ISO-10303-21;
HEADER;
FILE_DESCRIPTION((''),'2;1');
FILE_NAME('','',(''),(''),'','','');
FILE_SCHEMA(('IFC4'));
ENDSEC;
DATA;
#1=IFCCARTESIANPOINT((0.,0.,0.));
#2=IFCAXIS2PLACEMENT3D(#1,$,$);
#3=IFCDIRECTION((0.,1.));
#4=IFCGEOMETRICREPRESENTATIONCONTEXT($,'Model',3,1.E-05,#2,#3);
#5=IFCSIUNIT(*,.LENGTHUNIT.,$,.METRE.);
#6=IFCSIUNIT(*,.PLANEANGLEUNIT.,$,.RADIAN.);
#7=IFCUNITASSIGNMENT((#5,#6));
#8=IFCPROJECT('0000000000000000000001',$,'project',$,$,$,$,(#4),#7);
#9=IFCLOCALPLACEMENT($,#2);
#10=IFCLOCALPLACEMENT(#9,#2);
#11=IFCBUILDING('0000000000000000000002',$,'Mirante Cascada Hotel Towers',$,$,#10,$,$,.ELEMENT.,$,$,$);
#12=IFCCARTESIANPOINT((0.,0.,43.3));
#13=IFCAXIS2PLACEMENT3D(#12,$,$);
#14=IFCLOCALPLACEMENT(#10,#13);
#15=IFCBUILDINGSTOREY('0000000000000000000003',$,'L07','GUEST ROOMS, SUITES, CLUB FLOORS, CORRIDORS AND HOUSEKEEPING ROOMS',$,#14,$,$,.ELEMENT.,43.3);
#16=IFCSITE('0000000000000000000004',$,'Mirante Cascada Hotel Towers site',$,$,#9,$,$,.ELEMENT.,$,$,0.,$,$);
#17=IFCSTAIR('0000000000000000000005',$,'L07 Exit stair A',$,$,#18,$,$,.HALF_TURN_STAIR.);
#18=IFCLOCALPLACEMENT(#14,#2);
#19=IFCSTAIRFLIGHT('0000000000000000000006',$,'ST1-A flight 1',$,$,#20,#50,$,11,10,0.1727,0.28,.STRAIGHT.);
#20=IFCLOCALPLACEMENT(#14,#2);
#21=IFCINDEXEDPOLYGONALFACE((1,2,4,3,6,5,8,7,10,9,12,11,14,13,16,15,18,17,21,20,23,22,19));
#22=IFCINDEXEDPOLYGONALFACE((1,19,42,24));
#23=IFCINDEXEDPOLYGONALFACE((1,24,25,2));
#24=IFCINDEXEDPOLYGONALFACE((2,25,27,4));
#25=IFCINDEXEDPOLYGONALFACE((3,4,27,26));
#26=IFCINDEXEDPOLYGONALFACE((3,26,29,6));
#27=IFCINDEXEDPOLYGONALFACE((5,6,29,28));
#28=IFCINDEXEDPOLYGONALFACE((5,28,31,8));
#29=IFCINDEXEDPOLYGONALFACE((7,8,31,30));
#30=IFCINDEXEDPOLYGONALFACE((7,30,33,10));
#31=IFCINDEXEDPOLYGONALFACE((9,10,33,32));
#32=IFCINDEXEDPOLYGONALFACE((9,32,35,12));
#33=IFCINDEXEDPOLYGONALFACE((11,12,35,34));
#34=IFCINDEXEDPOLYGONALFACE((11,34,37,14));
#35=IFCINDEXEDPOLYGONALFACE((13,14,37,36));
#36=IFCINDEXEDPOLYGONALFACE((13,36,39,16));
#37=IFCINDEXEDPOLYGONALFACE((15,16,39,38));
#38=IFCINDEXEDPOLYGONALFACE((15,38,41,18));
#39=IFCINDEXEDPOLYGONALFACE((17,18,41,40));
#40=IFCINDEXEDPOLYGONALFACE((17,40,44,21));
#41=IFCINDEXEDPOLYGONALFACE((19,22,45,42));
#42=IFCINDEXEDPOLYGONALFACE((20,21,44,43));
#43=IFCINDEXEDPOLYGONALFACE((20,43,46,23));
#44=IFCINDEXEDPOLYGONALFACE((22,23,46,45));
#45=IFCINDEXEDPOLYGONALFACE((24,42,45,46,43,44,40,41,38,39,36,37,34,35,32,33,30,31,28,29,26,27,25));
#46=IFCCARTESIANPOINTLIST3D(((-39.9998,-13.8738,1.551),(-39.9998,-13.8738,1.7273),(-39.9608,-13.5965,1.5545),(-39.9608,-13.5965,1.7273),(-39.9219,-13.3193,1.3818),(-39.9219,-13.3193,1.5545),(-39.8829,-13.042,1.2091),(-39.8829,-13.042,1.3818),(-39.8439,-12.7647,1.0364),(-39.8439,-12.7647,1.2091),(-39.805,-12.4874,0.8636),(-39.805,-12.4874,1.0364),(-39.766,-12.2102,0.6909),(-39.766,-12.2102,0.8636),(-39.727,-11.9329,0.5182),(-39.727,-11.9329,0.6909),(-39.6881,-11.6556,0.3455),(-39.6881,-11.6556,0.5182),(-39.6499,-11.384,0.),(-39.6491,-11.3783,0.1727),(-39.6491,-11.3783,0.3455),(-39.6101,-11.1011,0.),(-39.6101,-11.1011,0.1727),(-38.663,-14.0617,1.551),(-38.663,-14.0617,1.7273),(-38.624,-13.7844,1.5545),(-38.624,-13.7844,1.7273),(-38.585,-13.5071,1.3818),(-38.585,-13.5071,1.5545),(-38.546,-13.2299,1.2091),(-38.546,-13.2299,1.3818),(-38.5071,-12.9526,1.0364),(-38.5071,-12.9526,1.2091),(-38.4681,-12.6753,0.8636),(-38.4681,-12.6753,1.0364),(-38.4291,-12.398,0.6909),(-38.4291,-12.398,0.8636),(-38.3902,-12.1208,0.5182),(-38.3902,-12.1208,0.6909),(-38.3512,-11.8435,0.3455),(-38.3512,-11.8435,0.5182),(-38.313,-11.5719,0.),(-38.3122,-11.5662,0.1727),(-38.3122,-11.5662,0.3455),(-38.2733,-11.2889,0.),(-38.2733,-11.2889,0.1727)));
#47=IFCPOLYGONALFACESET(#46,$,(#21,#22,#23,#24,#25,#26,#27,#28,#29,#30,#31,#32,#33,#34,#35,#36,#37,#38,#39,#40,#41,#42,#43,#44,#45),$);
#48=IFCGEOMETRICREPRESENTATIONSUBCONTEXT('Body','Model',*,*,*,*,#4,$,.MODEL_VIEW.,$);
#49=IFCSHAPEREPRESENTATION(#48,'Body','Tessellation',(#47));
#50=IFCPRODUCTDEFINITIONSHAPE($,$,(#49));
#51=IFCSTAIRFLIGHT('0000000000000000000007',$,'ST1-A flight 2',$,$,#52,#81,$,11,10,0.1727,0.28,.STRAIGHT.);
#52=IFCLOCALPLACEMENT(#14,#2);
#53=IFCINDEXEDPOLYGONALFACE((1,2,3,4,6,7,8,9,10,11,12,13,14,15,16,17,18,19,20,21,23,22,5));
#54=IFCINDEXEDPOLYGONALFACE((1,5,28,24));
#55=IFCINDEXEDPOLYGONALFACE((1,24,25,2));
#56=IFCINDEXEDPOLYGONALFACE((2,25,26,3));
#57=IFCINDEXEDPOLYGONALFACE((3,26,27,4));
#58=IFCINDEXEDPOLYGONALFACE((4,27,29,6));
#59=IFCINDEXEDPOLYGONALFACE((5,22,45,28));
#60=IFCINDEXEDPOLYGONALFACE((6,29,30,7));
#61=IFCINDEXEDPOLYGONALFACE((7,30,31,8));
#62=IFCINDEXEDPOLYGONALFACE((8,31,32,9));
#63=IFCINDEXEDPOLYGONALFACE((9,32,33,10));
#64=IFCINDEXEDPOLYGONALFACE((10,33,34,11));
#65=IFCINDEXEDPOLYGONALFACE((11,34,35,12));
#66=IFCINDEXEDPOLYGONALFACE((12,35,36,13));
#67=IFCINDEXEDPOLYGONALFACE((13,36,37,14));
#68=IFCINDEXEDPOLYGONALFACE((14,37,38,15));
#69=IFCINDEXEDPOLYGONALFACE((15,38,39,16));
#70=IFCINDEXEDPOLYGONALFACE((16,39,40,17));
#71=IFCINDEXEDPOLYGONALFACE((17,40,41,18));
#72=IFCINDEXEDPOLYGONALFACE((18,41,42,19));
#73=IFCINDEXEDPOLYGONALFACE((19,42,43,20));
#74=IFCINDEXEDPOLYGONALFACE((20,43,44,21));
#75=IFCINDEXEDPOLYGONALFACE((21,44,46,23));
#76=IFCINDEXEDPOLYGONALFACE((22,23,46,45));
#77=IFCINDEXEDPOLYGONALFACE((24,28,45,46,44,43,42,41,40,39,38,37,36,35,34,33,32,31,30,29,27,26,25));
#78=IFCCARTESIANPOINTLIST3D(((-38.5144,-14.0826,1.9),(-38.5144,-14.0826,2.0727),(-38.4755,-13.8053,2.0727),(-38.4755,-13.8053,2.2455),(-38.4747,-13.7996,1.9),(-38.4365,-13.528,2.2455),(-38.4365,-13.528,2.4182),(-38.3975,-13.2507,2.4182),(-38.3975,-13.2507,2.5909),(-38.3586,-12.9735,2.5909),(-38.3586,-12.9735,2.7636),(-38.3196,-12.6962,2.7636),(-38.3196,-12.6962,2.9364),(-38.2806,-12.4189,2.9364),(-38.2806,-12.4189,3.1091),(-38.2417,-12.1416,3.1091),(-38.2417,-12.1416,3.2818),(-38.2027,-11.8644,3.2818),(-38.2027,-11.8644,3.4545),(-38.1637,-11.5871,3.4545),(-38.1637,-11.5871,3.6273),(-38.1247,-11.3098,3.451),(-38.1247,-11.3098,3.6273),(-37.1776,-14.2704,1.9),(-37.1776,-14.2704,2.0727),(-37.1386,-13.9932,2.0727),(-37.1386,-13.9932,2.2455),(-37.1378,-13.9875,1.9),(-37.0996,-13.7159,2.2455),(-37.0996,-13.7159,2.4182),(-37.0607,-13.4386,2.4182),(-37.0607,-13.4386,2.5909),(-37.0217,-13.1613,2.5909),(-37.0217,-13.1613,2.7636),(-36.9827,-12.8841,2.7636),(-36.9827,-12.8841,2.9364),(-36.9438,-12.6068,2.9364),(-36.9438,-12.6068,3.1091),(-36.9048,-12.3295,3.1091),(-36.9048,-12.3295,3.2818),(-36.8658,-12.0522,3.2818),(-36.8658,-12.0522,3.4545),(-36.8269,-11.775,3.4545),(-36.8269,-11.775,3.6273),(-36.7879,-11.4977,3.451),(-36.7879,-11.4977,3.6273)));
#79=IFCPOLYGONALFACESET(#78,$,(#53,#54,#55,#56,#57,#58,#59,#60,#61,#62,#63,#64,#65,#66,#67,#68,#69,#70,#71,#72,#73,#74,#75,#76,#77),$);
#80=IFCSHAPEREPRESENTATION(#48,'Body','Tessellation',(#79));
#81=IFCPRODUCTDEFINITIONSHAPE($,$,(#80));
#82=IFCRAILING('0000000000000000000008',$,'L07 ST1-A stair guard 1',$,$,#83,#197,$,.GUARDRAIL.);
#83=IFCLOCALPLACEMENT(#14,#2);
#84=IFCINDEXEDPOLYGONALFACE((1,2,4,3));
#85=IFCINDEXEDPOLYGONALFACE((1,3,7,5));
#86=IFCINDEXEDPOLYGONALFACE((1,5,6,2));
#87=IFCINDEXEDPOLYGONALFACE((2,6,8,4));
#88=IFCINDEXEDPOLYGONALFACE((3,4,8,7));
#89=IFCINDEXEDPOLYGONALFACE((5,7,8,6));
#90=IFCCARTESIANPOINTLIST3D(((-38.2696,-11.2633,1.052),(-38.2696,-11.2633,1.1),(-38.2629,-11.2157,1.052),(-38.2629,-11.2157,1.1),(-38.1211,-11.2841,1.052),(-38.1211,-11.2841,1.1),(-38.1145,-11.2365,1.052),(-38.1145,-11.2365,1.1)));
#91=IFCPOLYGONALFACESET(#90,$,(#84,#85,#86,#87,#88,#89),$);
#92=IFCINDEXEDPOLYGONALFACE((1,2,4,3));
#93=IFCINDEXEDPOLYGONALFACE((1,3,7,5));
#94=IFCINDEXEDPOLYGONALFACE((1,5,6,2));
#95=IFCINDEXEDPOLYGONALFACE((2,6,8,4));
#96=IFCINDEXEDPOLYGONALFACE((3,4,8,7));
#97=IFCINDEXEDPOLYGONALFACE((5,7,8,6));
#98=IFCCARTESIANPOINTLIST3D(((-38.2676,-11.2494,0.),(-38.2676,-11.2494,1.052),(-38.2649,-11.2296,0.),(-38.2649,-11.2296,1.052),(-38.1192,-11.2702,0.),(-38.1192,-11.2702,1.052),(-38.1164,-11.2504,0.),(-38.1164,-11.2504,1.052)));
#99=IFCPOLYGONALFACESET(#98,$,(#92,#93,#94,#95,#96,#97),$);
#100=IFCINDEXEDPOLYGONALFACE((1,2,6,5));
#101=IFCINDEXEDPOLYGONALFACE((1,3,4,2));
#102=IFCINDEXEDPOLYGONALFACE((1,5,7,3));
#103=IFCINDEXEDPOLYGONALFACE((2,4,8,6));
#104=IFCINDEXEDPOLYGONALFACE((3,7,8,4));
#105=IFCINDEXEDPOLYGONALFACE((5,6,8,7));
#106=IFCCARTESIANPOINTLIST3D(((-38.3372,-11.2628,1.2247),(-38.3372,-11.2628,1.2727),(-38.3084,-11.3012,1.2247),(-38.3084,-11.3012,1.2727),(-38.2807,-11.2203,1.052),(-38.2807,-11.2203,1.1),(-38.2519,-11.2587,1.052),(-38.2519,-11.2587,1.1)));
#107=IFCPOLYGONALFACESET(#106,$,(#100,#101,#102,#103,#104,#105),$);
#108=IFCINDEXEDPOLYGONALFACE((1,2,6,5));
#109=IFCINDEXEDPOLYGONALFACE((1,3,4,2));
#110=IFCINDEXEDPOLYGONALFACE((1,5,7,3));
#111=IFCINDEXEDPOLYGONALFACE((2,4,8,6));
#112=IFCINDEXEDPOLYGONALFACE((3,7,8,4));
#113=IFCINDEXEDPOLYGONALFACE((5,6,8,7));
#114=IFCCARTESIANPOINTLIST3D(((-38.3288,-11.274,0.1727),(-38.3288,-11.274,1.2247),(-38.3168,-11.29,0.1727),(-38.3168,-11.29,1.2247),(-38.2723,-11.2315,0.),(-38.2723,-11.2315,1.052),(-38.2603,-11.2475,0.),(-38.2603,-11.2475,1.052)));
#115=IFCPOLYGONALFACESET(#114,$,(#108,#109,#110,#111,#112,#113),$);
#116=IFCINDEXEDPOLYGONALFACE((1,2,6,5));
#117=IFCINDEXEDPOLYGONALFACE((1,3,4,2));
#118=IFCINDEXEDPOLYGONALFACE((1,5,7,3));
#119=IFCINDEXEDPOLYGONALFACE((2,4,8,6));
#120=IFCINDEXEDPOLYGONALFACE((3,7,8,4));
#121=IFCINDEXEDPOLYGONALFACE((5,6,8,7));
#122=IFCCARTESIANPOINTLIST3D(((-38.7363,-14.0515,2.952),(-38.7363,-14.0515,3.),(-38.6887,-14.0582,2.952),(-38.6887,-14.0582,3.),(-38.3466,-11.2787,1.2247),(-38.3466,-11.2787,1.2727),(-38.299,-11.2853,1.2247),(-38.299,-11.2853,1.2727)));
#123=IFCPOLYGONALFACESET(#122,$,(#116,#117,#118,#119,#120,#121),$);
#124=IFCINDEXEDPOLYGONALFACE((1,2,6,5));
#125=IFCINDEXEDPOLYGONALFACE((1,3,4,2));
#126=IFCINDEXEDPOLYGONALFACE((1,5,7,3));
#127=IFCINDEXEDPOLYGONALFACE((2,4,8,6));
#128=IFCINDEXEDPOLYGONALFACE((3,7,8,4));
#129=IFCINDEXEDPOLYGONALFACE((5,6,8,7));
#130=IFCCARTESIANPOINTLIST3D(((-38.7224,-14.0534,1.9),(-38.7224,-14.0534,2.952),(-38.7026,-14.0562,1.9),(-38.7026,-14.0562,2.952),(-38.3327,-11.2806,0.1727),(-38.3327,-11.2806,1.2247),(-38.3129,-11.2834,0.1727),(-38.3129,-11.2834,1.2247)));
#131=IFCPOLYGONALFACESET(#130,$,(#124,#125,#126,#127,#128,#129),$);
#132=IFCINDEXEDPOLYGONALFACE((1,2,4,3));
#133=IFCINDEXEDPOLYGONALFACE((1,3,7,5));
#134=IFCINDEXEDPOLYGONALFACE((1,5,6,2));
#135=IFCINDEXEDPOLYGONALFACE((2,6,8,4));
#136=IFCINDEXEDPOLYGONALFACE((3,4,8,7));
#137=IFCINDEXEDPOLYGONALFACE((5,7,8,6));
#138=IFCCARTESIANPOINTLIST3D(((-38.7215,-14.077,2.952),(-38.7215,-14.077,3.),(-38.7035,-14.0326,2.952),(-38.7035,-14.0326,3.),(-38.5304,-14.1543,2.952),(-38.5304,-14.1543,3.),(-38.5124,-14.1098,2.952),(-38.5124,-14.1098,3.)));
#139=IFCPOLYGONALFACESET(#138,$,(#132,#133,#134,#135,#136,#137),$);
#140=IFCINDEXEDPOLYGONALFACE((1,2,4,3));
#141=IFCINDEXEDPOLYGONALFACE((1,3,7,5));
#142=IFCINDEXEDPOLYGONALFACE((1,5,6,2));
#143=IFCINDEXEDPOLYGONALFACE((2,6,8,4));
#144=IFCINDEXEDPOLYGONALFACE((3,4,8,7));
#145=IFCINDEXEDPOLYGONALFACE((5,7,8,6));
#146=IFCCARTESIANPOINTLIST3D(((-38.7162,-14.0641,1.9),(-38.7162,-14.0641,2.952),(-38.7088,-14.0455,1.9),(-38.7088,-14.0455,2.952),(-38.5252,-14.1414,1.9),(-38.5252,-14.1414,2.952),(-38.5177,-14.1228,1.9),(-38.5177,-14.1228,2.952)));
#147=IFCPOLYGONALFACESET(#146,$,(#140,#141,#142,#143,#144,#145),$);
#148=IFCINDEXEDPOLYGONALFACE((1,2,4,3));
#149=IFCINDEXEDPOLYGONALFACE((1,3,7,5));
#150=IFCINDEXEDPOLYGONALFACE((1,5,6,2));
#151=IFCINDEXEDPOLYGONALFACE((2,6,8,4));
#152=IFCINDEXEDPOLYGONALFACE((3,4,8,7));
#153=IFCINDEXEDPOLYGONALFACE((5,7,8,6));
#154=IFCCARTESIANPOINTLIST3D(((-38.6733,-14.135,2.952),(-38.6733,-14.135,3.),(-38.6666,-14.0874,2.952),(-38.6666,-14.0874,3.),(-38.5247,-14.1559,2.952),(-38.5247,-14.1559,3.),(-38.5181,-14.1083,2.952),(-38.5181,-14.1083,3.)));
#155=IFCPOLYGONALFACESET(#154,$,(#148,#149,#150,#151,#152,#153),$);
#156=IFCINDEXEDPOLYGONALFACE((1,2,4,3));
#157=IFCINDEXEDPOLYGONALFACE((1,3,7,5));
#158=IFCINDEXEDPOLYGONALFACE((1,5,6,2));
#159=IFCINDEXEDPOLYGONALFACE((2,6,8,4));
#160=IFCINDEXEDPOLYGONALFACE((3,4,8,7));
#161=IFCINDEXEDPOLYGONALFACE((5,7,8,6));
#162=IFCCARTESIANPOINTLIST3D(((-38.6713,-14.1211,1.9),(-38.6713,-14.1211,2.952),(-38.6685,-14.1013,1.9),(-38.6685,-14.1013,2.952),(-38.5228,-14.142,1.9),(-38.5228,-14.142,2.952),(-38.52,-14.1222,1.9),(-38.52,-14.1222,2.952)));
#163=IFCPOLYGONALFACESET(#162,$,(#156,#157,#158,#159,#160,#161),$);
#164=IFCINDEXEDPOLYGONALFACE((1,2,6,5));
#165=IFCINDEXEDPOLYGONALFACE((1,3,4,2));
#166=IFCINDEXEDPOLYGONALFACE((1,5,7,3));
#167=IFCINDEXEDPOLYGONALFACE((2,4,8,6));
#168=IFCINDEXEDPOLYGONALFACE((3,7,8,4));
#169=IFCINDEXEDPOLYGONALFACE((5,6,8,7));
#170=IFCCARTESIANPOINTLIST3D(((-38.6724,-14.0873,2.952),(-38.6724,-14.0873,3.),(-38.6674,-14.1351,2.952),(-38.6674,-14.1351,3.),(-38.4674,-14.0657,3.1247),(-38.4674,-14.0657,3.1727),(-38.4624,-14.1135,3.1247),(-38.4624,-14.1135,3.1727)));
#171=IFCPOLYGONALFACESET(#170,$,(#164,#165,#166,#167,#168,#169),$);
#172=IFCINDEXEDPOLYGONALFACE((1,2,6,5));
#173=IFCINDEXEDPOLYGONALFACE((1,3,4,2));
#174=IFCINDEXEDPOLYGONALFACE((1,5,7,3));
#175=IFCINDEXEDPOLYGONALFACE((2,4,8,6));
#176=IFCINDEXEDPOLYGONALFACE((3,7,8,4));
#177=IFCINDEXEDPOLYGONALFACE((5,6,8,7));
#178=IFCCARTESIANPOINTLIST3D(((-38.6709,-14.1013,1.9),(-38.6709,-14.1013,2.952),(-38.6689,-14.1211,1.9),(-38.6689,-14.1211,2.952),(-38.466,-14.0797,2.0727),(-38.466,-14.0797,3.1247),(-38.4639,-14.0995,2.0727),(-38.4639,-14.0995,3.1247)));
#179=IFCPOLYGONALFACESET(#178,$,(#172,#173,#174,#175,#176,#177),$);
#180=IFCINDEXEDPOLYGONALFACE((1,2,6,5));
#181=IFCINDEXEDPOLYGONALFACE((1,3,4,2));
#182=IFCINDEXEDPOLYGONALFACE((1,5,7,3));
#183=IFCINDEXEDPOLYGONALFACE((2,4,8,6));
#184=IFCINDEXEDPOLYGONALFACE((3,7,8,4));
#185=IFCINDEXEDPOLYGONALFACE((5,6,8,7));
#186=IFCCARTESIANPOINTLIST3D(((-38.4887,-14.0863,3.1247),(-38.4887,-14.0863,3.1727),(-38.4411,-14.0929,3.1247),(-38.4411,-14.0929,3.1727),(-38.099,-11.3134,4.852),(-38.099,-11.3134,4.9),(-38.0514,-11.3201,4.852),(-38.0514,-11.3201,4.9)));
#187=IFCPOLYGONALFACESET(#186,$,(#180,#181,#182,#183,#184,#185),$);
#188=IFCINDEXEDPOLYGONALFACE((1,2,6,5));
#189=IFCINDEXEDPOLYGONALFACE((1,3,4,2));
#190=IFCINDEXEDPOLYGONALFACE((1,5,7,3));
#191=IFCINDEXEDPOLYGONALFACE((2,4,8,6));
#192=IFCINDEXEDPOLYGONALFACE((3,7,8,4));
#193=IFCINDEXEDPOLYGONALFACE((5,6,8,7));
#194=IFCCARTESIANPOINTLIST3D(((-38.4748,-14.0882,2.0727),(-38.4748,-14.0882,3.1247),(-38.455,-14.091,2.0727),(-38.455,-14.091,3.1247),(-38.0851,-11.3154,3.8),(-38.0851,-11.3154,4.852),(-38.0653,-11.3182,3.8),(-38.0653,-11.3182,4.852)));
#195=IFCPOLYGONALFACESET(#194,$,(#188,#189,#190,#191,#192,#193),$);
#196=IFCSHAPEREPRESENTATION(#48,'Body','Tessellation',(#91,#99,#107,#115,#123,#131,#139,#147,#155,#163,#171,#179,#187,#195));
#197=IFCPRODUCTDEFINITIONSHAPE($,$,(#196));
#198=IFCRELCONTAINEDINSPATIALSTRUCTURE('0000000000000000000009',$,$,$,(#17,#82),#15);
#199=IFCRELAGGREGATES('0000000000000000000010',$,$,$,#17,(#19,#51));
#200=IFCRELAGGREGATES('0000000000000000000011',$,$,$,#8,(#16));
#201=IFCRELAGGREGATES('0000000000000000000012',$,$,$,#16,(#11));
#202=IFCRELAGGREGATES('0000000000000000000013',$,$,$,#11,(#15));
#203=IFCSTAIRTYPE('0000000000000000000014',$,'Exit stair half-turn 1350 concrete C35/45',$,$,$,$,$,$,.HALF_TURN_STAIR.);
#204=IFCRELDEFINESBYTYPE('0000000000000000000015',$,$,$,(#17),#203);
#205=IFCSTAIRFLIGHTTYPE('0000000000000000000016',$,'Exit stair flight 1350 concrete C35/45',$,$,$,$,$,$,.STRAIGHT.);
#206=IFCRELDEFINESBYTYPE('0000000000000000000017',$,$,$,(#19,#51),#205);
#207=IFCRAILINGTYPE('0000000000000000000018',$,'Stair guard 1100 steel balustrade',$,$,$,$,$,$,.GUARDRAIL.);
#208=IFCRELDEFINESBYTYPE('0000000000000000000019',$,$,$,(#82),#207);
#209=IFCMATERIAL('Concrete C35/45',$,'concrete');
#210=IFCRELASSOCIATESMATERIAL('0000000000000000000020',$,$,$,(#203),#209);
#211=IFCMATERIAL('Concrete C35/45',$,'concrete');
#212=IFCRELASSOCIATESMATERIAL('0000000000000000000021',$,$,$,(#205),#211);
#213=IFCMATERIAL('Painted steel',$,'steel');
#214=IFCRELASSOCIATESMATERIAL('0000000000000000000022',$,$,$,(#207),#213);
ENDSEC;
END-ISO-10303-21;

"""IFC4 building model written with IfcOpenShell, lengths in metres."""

from ifc_helpers import new_model, si_unit, direction, frame, origin, origin_2d, place, context, subcontext, project, spatial, polyline, rectangle, outline, extrude, material, type_object, element, aggregate, save


model = new_model("IFC4")

# Units and contexts
model_context = context("Model", 3, precision=1e-05, world=origin(), true_north=direction((0.0, 1.0)))
body_context = subcontext(model_context, "Body", "Model", "MODEL_VIEW")
ifc_project = project(units=[si_unit("LENGTHUNIT", "METRE"), si_unit("PLANEANGLEUNIT", "RADIAN")], contexts=[model_context])

# Site, building, storey
site_placement = place(None, origin())
site = spatial("IfcSite", under=ifc_project, at=site_placement, Name="Mirante Cascada Hotel Towers site", CompositionType="ELEMENT", RefElevation=0.0)
building_placement = place(site_placement, origin())
building = spatial("IfcBuilding", under=site, at=building_placement, Name="Mirante Cascada Hotel Towers", CompositionType="ELEMENT")
storey_placement = place(building_placement, frame((0.0, 0.0, 43.3)))
storey = spatial("IfcBuildingStorey", under=building, at=storey_placement, Name="L07", Description="GUEST ROOMS, SUITES, CLUB FLOORS, CORRIDORS AND HOUSEKEEPING ROOMS", CompositionType="ELEMENT", Elevation=43.3)

# Stair, stair flights
ifc_material_1 = material(Name="Concrete C35/45", Category="concrete")
stair_type = type_object("IfcStairType", Name="Exit stair half-turn 1350 concrete C35/45", PredefinedType="HALF_TURN_STAIR", material=ifc_material_1)
stair_placement = place(storey_placement, origin())
stair = element("IfcStair", 1, at=stair_placement, inside=storey, type_object=stair_type, Name="L07 Exit stair A", PredefinedType="HALF_TURN_STAIR")
ifc_material_2 = material(Name="Concrete C35/45", Category="concrete")
stair_flight_type = type_object("IfcStairFlightType", Name="Exit stair flight 1350 concrete C35/45", PredefinedType="STRAIGHT", material=ifc_material_2)
stair_flight_1_placement = place(storey_placement, frame((-38.9417, -11.195, 0.0), z_axis=(0.0, 0.0, 1.0), x_axis=(-0.139173, -0.990268, 0.0)))
stair_flight_1 = element("IfcStairFlight", 2, at=stair_flight_1_placement, type_object=stair_flight_type, Name="ST1-A flight 1", NumberOfRisers=11, NumberOfTreads=10, PredefinedType="STRAIGHT", RiserHeight=0.1727, TreadLength=0.28, context=body_context, shape_type="SweptSolid", body=[
    extrude(outline(polyline([(0.0, 0.0), (0.0, 0.1727), (0.28, 0.1727), (0.28, 0.3455), (0.56, 0.3455), (0.56, 0.5182), (0.84, 0.5182), (0.84, 0.6909), (1.12, 0.6909), (1.12, 0.8636), (1.4, 0.8636), (1.4, 1.0364), (1.68, 1.0364), (1.68, 1.2091), (1.96, 1.2091), (1.96, 1.3818), (2.24, 1.3818), (2.24, 1.5545), (2.52, 1.5545), (2.52, 1.7273), (2.8, 1.7273), (2.8, 1.9), (2.8, 1.551), (0.2857, 0.0), (0.0, 0.0)])), frame((0.0, 0.675, 0.0), z_axis=(0.0, -1.0, 0.0), x_axis=(1.0, 0.0, 0.0)), (0.0, 0.0, 1.0), 1.35),
])
stair_flight_2_placement = place(storey_placement, frame((-37.846, -14.1765, 1.9), z_axis=(0.0, 0.0, 1.0), x_axis=(0.139173, 0.990268, 0.0)))
stair_flight_2 = element("IfcStairFlight", 3, at=stair_flight_2_placement, type_object=stair_flight_type, Name="ST1-A flight 2", NumberOfRisers=11, NumberOfTreads=10, PredefinedType="STRAIGHT", RiserHeight=0.1727, TreadLength=0.28, context=body_context, shape_type="SweptSolid", body=[
    extrude(outline(polyline([(0.0, 0.0), (0.0, 0.1727), (0.28, 0.1727), (0.28, 0.3455), (0.56, 0.3455), (0.56, 0.5182), (0.84, 0.5182), (0.84, 0.6909), (1.12, 0.6909), (1.12, 0.8636), (1.4, 0.8636), (1.4, 1.0364), (1.68, 1.0364), (1.68, 1.2091), (1.96, 1.2091), (1.96, 1.3818), (2.24, 1.3818), (2.24, 1.5545), (2.52, 1.5545), (2.52, 1.7273), (2.8, 1.7273), (2.8, 1.9), (2.8, 1.551), (0.2857, 0.0), (0.0, 0.0)])), frame((0.0, 0.675, 0.0), z_axis=(0.0, -1.0, 0.0), x_axis=(1.0, 0.0, 0.0)), (0.0, 0.0, 1.0), 1.35),
])
aggregate(stair, [stair_flight_1, stair_flight_2])

# Railing
ifc_material_3 = material(Name="Painted steel", Category="steel")
railing_type_1 = type_object("IfcRailingType", Name="Stair guard 1100 steel balustrade", PredefinedType="GUARDRAIL", material=ifc_material_3)
railing_1_placement = place(storey_placement, frame((-38.1178, -11.2603, 0.0)))
element("IfcRailing", 4, at=railing_1_placement, inside=storey, type_object=railing_type_1, Name="L07 ST1-A stair guard 1", PredefinedType="GUARDRAIL", context=body_context, shape_type="SweptSolid", body=[
    extrude(rectangle(XDim=0.048, YDim=0.048, at=origin_2d()), frame((0.0, 0.0, 1.076), z_axis=(-0.990333, 0.138713, 0.0), x_axis=(-0.138713, -0.990333, 0.0)), (0.0, 0.0, 1.0), 0.1499),
    extrude(rectangle(XDim=0.02, YDim=1.052, at=origin_2d()), frame((0.0, 0.0, 0.526), z_axis=(-0.990333, 0.138713, 0.0), x_axis=(-0.138713, -0.990333, 0.0)), (0.0, 0.0, 1.0), 0.1499),
    extrude(rectangle(XDim=0.048, YDim=0.048, at=origin_2d()), frame((-0.1485, 0.0208, 1.076), z_axis=(-0.79915, -0.601131, 0.0), x_axis=(0.601131, -0.79915, 0.0)), (0.0, 0.925453, 0.378863), 0.1866),
    extrude(rectangle(XDim=0.02, YDim=1.052, at=origin_2d()), frame((-0.1485, 0.0208, 0.526), z_axis=(-0.79915, -0.601131, 0.0), x_axis=(0.601131, -0.79915, 0.0)), (0.0, 0.925453, 0.378863), 0.1866),
    extrude(rectangle(XDim=0.048, YDim=0.048, at=origin_2d()), frame((-0.205, -0.0217, 1.2487), z_axis=(-0.139176, -0.990268, 0.0), x_axis=(0.990268, -0.139176, 0.0)), (0.0, 0.525021, 0.851089), 3.29),
    extrude(rectangle(XDim=0.02, YDim=1.052, at=origin_2d()), frame((-0.205, -0.0217, 0.6987), z_axis=(-0.139176, -0.990268, 0.0), x_axis=(0.990268, -0.139176, 0.0)), (0.0, 0.525021, 0.851089), 3.29),
    extrude(rectangle(XDim=0.048, YDim=0.048, at=origin_2d()), frame((-0.5947, -2.7945, 2.976), z_axis=(0.927031, -0.374984, 0.0), x_axis=(0.374984, 0.927031, 0.0)), (0.0, 0.0, 1.0), 0.2061),
    extrude(rectangle(XDim=0.02, YDim=1.052, at=origin_2d()), frame((-0.5947, -2.7945, 2.426), z_axis=(0.927031, -0.374984, 0.0), x_axis=(0.374984, 0.927031, 0.0)), (0.0, 0.0, 1.0), 0.2061),
    extrude(rectangle(XDim=0.048, YDim=0.048, at=origin_2d()), frame((-0.4036, -2.8718, 2.976), z_axis=(-0.990241, 0.139367, 0.0), x_axis=(-0.139367, -0.990241, 0.0)), (0.0, 0.0, 1.0), 0.15),
    extrude(rectangle(XDim=0.02, YDim=1.052, at=origin_2d()), frame((-0.4036, -2.8718, 2.426), z_axis=(-0.990241, 0.139367, 0.0), x_axis=(-0.139367, -0.990241, 0.0)), (0.0, 0.0, 1.0), 0.15),
    extrude(rectangle(XDim=0.048, YDim=0.048, at=origin_2d()), frame((-0.5521, -2.8509, 2.976), z_axis=(0.994495, 0.104786, 0.0), x_axis=(-0.104786, 0.994495, 0.0)), (0.0, 0.642203, 0.766534), 0.2689),
    extrude(rectangle(XDim=0.02, YDim=1.052, at=origin_2d()), frame((-0.5521, -2.8509, 2.426), z_axis=(0.994495, 0.104786, 0.0), x_axis=(-0.104786, 0.994495, 0.0)), (0.0, 0.642203, 0.766534), 0.2689),
    extrude(rectangle(XDim=0.048, YDim=0.048, at=origin_2d()), frame((-0.3471, -2.8293, 3.1487), z_axis=(0.139176, 0.990268, 0.0), x_axis=(-0.990268, 0.139176, 0.0)), (0.0, 0.525021, 0.851089), 3.29),
    extrude(rectangle(XDim=0.02, YDim=1.052, at=origin_2d()), frame((-0.3471, -2.8293, 2.5987), z_axis=(0.139176, 0.990268, 0.0), x_axis=(-0.990268, 0.139176, 0.0)), (0.0, 0.525021, 0.851089), 3.29),
])

save(model, "model.ifc")
